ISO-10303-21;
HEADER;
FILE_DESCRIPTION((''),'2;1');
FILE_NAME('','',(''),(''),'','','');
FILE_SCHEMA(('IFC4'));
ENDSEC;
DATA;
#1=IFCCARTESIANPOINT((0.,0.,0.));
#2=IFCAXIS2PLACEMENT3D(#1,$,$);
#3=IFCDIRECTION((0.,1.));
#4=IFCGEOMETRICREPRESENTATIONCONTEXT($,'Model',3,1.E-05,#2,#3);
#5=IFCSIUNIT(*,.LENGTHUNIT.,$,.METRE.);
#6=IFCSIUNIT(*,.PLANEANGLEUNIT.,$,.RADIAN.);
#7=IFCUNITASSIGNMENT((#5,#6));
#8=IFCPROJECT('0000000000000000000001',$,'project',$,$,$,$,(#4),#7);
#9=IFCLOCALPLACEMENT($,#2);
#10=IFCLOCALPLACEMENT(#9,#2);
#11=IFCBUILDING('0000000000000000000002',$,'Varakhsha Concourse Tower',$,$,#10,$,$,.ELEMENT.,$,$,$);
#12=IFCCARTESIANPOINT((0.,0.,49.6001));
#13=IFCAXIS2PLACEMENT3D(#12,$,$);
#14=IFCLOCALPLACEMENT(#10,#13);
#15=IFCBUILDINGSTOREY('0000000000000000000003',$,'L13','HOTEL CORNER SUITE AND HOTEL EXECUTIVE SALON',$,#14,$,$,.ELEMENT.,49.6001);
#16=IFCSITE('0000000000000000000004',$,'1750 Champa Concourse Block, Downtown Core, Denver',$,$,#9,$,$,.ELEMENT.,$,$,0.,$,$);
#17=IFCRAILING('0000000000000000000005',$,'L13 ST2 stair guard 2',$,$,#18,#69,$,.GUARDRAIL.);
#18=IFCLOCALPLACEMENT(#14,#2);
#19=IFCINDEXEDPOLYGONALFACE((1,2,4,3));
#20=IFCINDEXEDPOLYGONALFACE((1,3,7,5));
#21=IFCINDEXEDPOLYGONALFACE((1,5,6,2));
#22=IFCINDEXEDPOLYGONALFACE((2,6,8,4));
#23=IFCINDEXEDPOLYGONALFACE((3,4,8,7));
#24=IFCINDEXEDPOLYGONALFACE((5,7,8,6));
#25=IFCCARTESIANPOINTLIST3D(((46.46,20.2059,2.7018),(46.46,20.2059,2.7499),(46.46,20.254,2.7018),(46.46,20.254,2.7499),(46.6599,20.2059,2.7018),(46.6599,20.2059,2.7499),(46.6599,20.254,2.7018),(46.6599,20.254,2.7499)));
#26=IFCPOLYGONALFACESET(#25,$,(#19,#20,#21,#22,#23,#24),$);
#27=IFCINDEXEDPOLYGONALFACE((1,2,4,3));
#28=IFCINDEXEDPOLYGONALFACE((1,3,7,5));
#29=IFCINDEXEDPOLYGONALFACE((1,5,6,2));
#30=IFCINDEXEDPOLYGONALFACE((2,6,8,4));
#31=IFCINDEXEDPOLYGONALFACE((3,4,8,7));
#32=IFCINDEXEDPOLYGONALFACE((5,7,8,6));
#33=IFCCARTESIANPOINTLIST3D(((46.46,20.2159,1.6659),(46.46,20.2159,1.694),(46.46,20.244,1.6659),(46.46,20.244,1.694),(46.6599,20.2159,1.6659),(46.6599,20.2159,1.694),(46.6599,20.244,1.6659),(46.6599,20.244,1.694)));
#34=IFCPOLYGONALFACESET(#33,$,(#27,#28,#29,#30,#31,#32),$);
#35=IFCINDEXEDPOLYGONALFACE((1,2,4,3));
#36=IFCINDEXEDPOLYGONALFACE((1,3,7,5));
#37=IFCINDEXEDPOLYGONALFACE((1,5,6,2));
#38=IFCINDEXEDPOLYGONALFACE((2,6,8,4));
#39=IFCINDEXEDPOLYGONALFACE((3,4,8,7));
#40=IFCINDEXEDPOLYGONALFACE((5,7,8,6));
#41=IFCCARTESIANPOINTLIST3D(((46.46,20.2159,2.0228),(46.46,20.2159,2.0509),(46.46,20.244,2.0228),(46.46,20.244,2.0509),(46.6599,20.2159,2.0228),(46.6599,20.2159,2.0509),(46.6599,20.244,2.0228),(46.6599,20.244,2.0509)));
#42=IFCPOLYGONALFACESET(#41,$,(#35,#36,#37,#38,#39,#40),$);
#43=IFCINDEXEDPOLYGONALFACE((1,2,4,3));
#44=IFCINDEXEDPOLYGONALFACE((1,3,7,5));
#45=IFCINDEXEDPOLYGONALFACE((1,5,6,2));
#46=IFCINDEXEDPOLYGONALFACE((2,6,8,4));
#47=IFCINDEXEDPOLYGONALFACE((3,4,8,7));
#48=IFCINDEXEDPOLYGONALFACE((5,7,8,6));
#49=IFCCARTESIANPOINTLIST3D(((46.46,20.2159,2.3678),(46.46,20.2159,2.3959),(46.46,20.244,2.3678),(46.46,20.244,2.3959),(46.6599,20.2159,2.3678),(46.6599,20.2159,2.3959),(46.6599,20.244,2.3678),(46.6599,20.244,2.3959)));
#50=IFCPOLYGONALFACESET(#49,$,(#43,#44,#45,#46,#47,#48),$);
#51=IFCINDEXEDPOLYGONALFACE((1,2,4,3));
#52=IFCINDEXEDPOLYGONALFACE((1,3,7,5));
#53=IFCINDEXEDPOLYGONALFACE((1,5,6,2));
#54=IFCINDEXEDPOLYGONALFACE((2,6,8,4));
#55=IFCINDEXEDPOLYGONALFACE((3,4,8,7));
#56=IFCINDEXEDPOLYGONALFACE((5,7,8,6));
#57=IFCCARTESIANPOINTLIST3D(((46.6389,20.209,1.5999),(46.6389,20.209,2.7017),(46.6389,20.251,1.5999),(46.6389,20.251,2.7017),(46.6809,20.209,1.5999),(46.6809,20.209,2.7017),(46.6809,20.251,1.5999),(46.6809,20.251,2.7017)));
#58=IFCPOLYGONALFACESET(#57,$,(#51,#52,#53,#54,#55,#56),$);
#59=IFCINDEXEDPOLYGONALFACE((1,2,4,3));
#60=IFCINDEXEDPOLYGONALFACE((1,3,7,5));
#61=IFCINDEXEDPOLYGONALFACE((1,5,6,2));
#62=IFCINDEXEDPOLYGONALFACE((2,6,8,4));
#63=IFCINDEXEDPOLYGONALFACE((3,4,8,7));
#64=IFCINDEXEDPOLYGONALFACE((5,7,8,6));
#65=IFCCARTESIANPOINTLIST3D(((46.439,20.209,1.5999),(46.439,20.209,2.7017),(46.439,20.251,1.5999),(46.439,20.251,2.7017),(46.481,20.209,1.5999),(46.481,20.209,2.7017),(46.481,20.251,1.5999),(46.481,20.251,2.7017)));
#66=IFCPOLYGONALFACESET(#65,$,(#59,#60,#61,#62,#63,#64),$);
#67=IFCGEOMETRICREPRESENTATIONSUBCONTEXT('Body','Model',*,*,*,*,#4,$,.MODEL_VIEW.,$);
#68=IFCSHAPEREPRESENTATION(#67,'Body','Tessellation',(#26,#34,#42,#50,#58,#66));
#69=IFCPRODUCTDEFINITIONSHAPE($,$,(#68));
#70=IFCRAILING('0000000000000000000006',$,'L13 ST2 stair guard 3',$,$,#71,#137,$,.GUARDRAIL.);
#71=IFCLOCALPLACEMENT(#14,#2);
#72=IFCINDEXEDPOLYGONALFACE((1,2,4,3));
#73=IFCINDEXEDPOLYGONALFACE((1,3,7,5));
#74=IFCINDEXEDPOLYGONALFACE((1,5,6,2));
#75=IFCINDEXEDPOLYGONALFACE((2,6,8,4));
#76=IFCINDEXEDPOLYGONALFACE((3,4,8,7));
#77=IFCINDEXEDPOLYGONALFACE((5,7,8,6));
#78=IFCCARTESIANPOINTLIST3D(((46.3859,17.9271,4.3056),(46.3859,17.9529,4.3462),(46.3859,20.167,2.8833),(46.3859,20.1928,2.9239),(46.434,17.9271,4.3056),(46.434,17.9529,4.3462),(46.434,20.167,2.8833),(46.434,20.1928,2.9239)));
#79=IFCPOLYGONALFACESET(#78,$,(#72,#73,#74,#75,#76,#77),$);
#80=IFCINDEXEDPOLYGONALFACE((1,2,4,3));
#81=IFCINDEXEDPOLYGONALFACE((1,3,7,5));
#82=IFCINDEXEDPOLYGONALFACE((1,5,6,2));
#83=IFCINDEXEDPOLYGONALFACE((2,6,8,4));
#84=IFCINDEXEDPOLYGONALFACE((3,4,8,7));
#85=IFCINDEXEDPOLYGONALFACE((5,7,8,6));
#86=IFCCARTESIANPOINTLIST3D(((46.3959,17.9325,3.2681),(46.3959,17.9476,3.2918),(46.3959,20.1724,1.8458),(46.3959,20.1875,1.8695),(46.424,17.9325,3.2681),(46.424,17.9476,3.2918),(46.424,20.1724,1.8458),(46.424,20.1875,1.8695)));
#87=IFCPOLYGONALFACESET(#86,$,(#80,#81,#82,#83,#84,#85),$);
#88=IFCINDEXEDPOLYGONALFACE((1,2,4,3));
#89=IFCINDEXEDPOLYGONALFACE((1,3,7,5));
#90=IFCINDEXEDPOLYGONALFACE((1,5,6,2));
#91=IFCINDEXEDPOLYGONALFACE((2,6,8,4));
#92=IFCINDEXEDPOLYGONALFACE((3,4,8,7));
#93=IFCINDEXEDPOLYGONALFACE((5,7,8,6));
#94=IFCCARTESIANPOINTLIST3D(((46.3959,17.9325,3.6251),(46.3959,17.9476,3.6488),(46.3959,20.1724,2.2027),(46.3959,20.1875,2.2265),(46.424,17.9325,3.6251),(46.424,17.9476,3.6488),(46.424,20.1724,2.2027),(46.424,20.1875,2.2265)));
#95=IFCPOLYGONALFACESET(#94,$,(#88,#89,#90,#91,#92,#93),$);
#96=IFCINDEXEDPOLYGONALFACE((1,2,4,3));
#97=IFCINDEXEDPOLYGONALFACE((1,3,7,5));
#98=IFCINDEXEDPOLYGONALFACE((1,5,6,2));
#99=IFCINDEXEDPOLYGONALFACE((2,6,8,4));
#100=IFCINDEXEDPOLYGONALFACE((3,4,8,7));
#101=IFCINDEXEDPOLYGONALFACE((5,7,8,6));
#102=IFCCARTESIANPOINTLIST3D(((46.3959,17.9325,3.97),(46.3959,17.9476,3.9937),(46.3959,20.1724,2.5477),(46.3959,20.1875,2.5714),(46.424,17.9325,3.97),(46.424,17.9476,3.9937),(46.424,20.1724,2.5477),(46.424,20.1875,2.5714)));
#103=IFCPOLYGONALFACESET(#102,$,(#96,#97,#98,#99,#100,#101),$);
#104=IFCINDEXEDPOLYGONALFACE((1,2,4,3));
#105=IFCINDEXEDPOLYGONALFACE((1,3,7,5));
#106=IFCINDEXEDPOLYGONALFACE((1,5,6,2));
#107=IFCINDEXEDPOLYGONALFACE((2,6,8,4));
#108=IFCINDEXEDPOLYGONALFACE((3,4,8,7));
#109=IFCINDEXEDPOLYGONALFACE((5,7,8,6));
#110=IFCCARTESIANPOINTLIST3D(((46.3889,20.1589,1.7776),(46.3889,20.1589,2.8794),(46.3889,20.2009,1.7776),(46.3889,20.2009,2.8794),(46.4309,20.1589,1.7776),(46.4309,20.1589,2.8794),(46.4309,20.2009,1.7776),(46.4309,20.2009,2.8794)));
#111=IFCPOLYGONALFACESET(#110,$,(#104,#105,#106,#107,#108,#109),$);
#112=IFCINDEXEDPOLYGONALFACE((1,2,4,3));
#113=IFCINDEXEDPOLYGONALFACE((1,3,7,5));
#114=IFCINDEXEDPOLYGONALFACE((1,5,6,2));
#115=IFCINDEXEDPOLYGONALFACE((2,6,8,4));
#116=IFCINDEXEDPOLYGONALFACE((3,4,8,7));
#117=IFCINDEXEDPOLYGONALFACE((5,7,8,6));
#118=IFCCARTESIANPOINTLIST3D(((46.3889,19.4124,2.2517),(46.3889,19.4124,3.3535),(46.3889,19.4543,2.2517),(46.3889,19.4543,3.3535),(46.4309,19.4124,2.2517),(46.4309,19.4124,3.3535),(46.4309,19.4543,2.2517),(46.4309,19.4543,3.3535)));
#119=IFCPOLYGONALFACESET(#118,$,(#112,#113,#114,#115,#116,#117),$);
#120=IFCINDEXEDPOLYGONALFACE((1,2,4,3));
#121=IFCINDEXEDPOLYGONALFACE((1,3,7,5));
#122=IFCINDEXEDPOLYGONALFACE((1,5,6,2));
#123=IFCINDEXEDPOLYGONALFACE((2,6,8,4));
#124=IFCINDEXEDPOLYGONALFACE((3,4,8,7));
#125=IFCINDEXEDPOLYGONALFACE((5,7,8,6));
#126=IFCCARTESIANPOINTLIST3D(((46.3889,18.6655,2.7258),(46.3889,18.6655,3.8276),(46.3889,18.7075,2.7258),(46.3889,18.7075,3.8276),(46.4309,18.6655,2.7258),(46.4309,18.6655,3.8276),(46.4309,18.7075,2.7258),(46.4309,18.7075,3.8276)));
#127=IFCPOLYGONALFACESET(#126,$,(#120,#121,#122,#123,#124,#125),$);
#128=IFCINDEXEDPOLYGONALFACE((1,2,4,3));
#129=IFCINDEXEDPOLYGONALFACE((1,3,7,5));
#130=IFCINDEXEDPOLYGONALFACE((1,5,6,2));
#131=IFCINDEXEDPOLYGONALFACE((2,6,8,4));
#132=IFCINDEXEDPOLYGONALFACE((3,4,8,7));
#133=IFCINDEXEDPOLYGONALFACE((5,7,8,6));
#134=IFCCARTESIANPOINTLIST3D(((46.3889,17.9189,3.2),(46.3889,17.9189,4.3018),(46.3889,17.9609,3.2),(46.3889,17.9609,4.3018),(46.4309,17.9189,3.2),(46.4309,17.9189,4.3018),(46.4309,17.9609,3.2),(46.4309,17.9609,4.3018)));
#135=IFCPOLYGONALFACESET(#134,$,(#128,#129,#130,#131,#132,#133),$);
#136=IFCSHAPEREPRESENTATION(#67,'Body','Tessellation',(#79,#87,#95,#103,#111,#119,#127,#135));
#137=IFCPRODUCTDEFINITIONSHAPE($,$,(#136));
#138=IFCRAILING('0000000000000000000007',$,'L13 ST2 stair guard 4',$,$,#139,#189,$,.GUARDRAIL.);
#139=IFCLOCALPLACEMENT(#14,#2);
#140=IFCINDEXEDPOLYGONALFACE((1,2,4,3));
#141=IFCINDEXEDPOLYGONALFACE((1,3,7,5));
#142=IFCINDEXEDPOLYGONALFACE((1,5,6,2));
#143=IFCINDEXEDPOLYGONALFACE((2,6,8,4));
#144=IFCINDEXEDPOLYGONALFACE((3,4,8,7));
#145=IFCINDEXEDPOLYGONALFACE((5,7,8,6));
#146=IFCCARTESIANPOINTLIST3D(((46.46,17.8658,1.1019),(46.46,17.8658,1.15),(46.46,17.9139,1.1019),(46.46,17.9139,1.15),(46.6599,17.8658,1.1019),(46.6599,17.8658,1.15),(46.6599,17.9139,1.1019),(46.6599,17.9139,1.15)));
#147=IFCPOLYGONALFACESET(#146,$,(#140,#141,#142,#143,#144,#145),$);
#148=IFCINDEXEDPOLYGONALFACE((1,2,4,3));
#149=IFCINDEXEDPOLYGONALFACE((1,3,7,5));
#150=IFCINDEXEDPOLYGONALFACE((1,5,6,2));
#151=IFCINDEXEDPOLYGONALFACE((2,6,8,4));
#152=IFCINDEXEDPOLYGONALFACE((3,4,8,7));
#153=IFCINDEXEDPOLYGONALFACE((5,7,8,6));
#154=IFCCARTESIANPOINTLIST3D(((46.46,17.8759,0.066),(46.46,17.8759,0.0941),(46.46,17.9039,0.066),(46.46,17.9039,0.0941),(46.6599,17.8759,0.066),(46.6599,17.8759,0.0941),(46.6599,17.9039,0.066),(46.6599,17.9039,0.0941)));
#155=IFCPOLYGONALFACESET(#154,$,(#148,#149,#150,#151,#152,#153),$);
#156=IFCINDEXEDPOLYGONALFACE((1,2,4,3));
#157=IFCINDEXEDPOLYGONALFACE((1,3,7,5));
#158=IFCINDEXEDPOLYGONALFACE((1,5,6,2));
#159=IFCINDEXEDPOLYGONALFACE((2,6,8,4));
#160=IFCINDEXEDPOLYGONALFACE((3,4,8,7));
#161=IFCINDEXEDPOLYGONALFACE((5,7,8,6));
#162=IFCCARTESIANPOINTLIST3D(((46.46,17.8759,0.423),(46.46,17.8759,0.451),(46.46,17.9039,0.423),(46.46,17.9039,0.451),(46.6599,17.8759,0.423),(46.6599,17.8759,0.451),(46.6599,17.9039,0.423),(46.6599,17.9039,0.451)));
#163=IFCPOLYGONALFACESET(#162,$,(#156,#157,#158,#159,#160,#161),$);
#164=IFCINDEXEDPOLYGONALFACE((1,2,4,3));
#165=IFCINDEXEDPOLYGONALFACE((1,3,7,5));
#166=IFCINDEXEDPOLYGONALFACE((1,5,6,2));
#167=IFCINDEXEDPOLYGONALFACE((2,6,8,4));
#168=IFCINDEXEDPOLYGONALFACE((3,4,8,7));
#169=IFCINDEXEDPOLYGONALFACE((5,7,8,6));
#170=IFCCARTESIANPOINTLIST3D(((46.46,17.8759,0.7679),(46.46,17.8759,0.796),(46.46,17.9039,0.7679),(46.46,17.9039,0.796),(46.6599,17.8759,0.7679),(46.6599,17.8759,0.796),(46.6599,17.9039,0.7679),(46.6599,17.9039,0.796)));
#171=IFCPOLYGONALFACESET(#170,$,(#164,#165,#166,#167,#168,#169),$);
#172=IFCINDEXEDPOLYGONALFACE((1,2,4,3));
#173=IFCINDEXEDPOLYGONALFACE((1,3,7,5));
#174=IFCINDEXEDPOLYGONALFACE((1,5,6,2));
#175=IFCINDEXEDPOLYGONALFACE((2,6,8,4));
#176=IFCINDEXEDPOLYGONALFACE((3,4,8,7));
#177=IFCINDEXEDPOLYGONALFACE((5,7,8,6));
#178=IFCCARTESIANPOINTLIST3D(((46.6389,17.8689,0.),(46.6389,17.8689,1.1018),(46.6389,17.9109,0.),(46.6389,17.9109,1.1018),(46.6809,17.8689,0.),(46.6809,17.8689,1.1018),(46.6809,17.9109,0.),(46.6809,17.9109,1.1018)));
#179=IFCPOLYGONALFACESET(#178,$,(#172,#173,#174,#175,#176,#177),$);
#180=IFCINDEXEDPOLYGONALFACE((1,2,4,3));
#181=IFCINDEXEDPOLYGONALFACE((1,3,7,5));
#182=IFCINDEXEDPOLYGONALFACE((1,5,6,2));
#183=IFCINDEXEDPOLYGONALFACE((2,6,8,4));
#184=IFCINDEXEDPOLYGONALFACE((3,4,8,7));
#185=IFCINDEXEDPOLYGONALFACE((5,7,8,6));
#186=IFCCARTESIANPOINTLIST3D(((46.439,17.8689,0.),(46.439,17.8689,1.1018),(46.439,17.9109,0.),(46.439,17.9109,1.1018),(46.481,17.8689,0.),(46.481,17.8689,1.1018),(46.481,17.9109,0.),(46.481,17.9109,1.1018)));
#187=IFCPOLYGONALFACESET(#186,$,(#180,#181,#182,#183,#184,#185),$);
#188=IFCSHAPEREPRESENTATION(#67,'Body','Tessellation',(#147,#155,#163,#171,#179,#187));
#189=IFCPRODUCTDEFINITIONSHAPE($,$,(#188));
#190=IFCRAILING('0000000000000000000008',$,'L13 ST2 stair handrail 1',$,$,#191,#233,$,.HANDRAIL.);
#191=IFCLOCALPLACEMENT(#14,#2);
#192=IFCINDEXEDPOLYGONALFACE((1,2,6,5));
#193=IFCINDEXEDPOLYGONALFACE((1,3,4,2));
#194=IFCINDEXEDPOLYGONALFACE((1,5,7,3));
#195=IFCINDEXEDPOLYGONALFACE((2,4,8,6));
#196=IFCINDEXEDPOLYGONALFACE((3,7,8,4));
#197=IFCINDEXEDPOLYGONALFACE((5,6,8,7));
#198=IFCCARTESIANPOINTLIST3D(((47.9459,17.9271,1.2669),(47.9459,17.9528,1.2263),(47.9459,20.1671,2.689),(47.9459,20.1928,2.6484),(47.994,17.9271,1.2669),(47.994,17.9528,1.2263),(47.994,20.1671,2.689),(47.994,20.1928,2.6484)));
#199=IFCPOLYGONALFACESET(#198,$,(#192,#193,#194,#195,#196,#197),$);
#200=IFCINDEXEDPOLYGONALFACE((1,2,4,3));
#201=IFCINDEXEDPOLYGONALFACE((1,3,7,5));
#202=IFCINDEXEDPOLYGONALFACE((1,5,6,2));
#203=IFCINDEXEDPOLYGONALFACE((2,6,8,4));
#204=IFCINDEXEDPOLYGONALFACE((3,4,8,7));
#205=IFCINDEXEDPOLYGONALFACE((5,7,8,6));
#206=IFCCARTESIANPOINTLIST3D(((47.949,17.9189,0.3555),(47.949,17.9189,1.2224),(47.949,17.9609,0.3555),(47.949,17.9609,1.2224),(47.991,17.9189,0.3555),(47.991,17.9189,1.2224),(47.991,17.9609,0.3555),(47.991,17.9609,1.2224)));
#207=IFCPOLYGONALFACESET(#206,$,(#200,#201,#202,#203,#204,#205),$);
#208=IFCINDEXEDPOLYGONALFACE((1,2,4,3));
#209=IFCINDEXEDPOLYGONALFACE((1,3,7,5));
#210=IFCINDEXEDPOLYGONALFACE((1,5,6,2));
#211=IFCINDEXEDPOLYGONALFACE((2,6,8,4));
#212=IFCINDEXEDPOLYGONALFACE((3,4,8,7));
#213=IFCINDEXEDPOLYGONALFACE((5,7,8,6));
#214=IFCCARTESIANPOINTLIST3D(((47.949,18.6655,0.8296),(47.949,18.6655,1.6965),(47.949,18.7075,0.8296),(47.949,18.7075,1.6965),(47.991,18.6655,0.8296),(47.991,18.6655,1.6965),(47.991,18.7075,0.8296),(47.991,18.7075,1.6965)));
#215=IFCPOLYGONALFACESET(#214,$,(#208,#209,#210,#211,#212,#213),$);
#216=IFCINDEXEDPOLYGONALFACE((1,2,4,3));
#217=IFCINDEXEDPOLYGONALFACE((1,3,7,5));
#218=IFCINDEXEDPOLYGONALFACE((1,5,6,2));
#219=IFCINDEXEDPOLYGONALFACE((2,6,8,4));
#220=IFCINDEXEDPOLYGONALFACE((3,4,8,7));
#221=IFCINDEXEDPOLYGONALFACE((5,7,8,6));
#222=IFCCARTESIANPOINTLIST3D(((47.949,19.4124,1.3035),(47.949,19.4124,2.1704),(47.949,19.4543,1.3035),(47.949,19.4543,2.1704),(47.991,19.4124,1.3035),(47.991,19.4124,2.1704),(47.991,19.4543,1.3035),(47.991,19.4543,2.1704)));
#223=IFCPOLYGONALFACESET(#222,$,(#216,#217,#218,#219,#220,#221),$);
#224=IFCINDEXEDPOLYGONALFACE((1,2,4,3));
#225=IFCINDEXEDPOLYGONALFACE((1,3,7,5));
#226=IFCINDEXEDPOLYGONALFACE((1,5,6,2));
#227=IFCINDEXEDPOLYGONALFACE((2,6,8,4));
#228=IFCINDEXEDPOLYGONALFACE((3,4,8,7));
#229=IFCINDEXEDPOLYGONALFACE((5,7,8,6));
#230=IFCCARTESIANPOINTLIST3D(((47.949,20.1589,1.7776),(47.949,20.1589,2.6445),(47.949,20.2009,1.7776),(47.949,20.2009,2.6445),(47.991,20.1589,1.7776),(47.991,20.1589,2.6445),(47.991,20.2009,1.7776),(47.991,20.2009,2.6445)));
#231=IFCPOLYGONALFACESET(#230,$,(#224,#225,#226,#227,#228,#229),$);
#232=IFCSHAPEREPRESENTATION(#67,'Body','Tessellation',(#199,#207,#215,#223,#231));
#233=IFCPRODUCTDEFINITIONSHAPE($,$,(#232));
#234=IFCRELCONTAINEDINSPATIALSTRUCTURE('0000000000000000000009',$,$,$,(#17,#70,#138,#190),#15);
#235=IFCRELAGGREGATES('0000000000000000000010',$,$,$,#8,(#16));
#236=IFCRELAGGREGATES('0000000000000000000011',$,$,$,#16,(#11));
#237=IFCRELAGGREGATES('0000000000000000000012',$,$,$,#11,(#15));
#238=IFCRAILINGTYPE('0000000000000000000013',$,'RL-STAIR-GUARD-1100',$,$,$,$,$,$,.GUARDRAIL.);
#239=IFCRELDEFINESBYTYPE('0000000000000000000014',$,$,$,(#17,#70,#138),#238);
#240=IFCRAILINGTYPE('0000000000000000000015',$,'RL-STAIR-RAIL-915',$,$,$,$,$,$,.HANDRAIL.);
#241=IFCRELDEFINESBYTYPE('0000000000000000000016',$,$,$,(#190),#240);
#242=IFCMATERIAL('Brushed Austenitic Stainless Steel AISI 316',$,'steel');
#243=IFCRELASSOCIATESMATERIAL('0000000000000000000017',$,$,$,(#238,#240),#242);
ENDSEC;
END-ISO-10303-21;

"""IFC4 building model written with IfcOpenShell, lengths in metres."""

from ifc_helpers import new_model, si_unit, direction, frame, origin, origin_2d, place, context, subcontext, project, spatial, rectangle, extrude, material, type_object, element, save


model = new_model("IFC4")

# Units and contexts
model_context = context("Model", 3, precision=1e-05, world=origin(), true_north=direction((0.0, 1.0)))
body_context = subcontext(model_context, "Body", "Model", "MODEL_VIEW")
ifc_project = project(units=[si_unit("LENGTHUNIT", "METRE"), si_unit("PLANEANGLEUNIT", "RADIAN")], contexts=[model_context])

# Site, building, storey
site_placement = place(None, origin())
site = spatial("IfcSite", under=ifc_project, at=site_placement, Name="1750 Champa Concourse Block, Downtown Core, Denver", CompositionType="ELEMENT", RefElevation=0.0)
building_placement = place(site_placement, origin())
building = spatial("IfcBuilding", under=site, at=building_placement, Name="Varakhsha Concourse Tower", CompositionType="ELEMENT")
storey_placement = place(building_placement, frame((0.0, 0.0, 49.6001)))
storey = spatial("IfcBuildingStorey", under=building, at=storey_placement, Name="L13", Description="HOTEL CORNER SUITE AND HOTEL EXECUTIVE SALON", CompositionType="ELEMENT", Elevation=49.6001)

# Railings
ifc_material_1 = material(Name="Brushed Austenitic Stainless Steel AISI 316", Category="steel")
railing_type_1 = type_object("IfcRailingType", Name="RL-STAIR-GUARD-1100", PredefinedType="GUARDRAIL", material=ifc_material_1)
railing_1_placement = place(storey_placement, frame((46.6599, 20.23, 1.5999)))
element("IfcRailing", 1, at=railing_1_placement, inside=storey, type_object=railing_type_1, Name="L13 ST2 stair guard 2", PredefinedType="GUARDRAIL", context=body_context, shape_type="SweptSolid", body=[
    extrude(rectangle(XDim=0.0481, YDim=0.0481, at=origin_2d()), frame((0.0, 0.0, 1.126), z_axis=(-1.0, 0.0, 0.0), x_axis=(0.0, -1.0, 0.0)), (0.0, 0.0, 1.0), 0.2),
    extrude(rectangle(XDim=0.0281, YDim=0.0281, at=origin_2d()), frame((0.0, 0.0, 0.0801), z_axis=(-1.0, 0.0, 0.0), x_axis=(0.0, -1.0, 0.0)), (0.0, 0.0, 1.0), 0.2),
    extrude(rectangle(XDim=0.0281, YDim=0.0281, at=origin_2d()), frame((0.0, 0.0, 0.437), z_axis=(-1.0, 0.0, 0.0), x_axis=(0.0, -1.0, 0.0)), (0.0, 0.0, 1.0), 0.2),
    extrude(rectangle(XDim=0.0281, YDim=0.0281, at=origin_2d()), frame((0.0, 0.0, 0.782), z_axis=(-1.0, 0.0, 0.0), x_axis=(0.0, -1.0, 0.0)), (0.0, 0.0, 1.0), 0.2),
    extrude(rectangle(XDim=0.042, YDim=0.042, at=origin_2d()), origin(), (0.0, 0.0, 1.0), 1.1018),
    extrude(rectangle(XDim=0.042, YDim=0.042, at=origin_2d()), frame((-0.2, 0.0, 0.0)), (0.0, 0.0, 1.0), 1.1018),
])
railing_2_placement = place(storey_placement, frame((46.4099, 20.1799, 1.7776)))
element("IfcRailing", 2, at=railing_2_placement, inside=storey, type_object=railing_type_1, Name="L13 ST2 stair guard 3", PredefinedType="GUARDRAIL", context=body_context, shape_type="SweptSolid", body=[
    extrude(rectangle(XDim=0.0481, YDim=0.0481, at=origin_2d()), frame((0.0, 0.0, 1.126), z_axis=(0.0, -0.844188, 0.536048), x_axis=(1.0, 0.0, 0.0)), (0.0, 0.0, 1.0), 2.6533),
    extrude(rectangle(XDim=0.0281, YDim=0.0281, at=origin_2d()), frame((0.0, 0.0, 0.0801), z_axis=(0.0, -0.844188, 0.536048), x_axis=(1.0, 0.0, 0.0)), (0.0, 0.0, 1.0), 2.6533),
    extrude(rectangle(XDim=0.0281, YDim=0.0281, at=origin_2d()), frame((0.0, 0.0, 0.437), z_axis=(0.0, -0.844188, 0.536048), x_axis=(1.0, 0.0, 0.0)), (0.0, 0.0, 1.0), 2.6533),
    extrude(rectangle(XDim=0.0281, YDim=0.0281, at=origin_2d()), frame((0.0, 0.0, 0.782), z_axis=(0.0, -0.844188, 0.536048), x_axis=(1.0, 0.0, 0.0)), (0.0, 0.0, 1.0), 2.6533),
    extrude(rectangle(XDim=0.042, YDim=0.042, at=origin_2d()), origin(), (0.0, 0.0, 1.0), 1.1018),
    extrude(rectangle(XDim=0.042, YDim=0.042, at=origin_2d()), frame((0.0, -0.7466, 0.4741)), (0.0, 0.0, 1.0), 1.1018),
    extrude(rectangle(XDim=0.042, YDim=0.042, at=origin_2d()), frame((0.0, -1.4934, 0.9482)), (0.0, 0.0, 1.0), 1.1018),
    extrude(rectangle(XDim=0.042, YDim=0.042, at=origin_2d()), frame((0.0, -2.24, 1.4224)), (0.0, 0.0, 1.0), 1.1018),
])
railing_3_placement = place(storey_placement, frame((46.6599, 17.8899, 0.0)))
element("IfcRailing", 3, at=railing_3_placement, inside=storey, type_object=railing_type_1, Name="L13 ST2 stair guard 4", PredefinedType="GUARDRAIL", context=body_context, shape_type="SweptSolid", body=[
    extrude(rectangle(XDim=0.0481, YDim=0.0481, at=origin_2d()), frame((0.0, 0.0, 1.126), z_axis=(-1.0, 0.0, 0.0), x_axis=(0.0, -1.0, 0.0)), (0.0, 0.0, 1.0), 0.2),
    extrude(rectangle(XDim=0.0281, YDim=0.0281, at=origin_2d()), frame((0.0, 0.0, 0.0801), z_axis=(-1.0, 0.0, 0.0), x_axis=(0.0, -1.0, 0.0)), (0.0, 0.0, 1.0), 0.2),
    extrude(rectangle(XDim=0.0281, YDim=0.0281, at=origin_2d()), frame((0.0, 0.0, 0.437), z_axis=(-1.0, 0.0, 0.0), x_axis=(0.0, -1.0, 0.0)), (0.0, 0.0, 1.0), 0.2),
    extrude(rectangle(XDim=0.0281, YDim=0.0281, at=origin_2d()), frame((0.0, 0.0, 0.782), z_axis=(-1.0, 0.0, 0.0), x_axis=(0.0, -1.0, 0.0)), (0.0, 0.0, 1.0), 0.2),
    extrude(rectangle(XDim=0.042, YDim=0.042, at=origin_2d()), origin(), (0.0, 0.0, 1.0), 1.1018),
    extrude(rectangle(XDim=0.042, YDim=0.042, at=origin_2d()), frame((-0.2, 0.0, 0.0)), (0.0, 0.0, 1.0), 1.1018),
])
railing_type_2 = type_object("IfcRailingType", Name="RL-STAIR-RAIL-915", PredefinedType="HANDRAIL", material=ifc_material_1)
railing_4_placement = place(storey_placement, frame((47.97, 17.9399, 0.3555)))
element("IfcRailing", 4, at=railing_4_placement, inside=storey, type_object=railing_type_2, Name="L13 ST2 stair handrail 1", PredefinedType="HANDRAIL", context=body_context, shape_type="SweptSolid", body=[
    extrude(rectangle(XDim=0.0481, YDim=0.0481, at=origin_2d()), frame((0.0, 0.0, 0.8911), z_axis=(0.0, 0.844229, 0.535982), x_axis=(-1.0, 0.0, 0.0)), (0.0, 0.0, 1.0), 2.6533),
    extrude(rectangle(XDim=0.042, YDim=0.042, at=origin_2d()), origin(), (0.0, 0.0, 1.0), 0.8669),
    extrude(rectangle(XDim=0.042, YDim=0.042, at=origin_2d()), frame((0.0, 0.7466, 0.4741)), (0.0, 0.0, 1.0), 0.8669),
    extrude(rectangle(XDim=0.042, YDim=0.042, at=origin_2d()), frame((0.0, 1.4934, 0.948)), (0.0, 0.0, 1.0), 0.8669),
    extrude(rectangle(XDim=0.042, YDim=0.042, at=origin_2d()), frame((0.0, 2.24, 1.4221)), (0.0, 0.0, 1.0), 0.8669),
])

save(model, "model.ifc")
